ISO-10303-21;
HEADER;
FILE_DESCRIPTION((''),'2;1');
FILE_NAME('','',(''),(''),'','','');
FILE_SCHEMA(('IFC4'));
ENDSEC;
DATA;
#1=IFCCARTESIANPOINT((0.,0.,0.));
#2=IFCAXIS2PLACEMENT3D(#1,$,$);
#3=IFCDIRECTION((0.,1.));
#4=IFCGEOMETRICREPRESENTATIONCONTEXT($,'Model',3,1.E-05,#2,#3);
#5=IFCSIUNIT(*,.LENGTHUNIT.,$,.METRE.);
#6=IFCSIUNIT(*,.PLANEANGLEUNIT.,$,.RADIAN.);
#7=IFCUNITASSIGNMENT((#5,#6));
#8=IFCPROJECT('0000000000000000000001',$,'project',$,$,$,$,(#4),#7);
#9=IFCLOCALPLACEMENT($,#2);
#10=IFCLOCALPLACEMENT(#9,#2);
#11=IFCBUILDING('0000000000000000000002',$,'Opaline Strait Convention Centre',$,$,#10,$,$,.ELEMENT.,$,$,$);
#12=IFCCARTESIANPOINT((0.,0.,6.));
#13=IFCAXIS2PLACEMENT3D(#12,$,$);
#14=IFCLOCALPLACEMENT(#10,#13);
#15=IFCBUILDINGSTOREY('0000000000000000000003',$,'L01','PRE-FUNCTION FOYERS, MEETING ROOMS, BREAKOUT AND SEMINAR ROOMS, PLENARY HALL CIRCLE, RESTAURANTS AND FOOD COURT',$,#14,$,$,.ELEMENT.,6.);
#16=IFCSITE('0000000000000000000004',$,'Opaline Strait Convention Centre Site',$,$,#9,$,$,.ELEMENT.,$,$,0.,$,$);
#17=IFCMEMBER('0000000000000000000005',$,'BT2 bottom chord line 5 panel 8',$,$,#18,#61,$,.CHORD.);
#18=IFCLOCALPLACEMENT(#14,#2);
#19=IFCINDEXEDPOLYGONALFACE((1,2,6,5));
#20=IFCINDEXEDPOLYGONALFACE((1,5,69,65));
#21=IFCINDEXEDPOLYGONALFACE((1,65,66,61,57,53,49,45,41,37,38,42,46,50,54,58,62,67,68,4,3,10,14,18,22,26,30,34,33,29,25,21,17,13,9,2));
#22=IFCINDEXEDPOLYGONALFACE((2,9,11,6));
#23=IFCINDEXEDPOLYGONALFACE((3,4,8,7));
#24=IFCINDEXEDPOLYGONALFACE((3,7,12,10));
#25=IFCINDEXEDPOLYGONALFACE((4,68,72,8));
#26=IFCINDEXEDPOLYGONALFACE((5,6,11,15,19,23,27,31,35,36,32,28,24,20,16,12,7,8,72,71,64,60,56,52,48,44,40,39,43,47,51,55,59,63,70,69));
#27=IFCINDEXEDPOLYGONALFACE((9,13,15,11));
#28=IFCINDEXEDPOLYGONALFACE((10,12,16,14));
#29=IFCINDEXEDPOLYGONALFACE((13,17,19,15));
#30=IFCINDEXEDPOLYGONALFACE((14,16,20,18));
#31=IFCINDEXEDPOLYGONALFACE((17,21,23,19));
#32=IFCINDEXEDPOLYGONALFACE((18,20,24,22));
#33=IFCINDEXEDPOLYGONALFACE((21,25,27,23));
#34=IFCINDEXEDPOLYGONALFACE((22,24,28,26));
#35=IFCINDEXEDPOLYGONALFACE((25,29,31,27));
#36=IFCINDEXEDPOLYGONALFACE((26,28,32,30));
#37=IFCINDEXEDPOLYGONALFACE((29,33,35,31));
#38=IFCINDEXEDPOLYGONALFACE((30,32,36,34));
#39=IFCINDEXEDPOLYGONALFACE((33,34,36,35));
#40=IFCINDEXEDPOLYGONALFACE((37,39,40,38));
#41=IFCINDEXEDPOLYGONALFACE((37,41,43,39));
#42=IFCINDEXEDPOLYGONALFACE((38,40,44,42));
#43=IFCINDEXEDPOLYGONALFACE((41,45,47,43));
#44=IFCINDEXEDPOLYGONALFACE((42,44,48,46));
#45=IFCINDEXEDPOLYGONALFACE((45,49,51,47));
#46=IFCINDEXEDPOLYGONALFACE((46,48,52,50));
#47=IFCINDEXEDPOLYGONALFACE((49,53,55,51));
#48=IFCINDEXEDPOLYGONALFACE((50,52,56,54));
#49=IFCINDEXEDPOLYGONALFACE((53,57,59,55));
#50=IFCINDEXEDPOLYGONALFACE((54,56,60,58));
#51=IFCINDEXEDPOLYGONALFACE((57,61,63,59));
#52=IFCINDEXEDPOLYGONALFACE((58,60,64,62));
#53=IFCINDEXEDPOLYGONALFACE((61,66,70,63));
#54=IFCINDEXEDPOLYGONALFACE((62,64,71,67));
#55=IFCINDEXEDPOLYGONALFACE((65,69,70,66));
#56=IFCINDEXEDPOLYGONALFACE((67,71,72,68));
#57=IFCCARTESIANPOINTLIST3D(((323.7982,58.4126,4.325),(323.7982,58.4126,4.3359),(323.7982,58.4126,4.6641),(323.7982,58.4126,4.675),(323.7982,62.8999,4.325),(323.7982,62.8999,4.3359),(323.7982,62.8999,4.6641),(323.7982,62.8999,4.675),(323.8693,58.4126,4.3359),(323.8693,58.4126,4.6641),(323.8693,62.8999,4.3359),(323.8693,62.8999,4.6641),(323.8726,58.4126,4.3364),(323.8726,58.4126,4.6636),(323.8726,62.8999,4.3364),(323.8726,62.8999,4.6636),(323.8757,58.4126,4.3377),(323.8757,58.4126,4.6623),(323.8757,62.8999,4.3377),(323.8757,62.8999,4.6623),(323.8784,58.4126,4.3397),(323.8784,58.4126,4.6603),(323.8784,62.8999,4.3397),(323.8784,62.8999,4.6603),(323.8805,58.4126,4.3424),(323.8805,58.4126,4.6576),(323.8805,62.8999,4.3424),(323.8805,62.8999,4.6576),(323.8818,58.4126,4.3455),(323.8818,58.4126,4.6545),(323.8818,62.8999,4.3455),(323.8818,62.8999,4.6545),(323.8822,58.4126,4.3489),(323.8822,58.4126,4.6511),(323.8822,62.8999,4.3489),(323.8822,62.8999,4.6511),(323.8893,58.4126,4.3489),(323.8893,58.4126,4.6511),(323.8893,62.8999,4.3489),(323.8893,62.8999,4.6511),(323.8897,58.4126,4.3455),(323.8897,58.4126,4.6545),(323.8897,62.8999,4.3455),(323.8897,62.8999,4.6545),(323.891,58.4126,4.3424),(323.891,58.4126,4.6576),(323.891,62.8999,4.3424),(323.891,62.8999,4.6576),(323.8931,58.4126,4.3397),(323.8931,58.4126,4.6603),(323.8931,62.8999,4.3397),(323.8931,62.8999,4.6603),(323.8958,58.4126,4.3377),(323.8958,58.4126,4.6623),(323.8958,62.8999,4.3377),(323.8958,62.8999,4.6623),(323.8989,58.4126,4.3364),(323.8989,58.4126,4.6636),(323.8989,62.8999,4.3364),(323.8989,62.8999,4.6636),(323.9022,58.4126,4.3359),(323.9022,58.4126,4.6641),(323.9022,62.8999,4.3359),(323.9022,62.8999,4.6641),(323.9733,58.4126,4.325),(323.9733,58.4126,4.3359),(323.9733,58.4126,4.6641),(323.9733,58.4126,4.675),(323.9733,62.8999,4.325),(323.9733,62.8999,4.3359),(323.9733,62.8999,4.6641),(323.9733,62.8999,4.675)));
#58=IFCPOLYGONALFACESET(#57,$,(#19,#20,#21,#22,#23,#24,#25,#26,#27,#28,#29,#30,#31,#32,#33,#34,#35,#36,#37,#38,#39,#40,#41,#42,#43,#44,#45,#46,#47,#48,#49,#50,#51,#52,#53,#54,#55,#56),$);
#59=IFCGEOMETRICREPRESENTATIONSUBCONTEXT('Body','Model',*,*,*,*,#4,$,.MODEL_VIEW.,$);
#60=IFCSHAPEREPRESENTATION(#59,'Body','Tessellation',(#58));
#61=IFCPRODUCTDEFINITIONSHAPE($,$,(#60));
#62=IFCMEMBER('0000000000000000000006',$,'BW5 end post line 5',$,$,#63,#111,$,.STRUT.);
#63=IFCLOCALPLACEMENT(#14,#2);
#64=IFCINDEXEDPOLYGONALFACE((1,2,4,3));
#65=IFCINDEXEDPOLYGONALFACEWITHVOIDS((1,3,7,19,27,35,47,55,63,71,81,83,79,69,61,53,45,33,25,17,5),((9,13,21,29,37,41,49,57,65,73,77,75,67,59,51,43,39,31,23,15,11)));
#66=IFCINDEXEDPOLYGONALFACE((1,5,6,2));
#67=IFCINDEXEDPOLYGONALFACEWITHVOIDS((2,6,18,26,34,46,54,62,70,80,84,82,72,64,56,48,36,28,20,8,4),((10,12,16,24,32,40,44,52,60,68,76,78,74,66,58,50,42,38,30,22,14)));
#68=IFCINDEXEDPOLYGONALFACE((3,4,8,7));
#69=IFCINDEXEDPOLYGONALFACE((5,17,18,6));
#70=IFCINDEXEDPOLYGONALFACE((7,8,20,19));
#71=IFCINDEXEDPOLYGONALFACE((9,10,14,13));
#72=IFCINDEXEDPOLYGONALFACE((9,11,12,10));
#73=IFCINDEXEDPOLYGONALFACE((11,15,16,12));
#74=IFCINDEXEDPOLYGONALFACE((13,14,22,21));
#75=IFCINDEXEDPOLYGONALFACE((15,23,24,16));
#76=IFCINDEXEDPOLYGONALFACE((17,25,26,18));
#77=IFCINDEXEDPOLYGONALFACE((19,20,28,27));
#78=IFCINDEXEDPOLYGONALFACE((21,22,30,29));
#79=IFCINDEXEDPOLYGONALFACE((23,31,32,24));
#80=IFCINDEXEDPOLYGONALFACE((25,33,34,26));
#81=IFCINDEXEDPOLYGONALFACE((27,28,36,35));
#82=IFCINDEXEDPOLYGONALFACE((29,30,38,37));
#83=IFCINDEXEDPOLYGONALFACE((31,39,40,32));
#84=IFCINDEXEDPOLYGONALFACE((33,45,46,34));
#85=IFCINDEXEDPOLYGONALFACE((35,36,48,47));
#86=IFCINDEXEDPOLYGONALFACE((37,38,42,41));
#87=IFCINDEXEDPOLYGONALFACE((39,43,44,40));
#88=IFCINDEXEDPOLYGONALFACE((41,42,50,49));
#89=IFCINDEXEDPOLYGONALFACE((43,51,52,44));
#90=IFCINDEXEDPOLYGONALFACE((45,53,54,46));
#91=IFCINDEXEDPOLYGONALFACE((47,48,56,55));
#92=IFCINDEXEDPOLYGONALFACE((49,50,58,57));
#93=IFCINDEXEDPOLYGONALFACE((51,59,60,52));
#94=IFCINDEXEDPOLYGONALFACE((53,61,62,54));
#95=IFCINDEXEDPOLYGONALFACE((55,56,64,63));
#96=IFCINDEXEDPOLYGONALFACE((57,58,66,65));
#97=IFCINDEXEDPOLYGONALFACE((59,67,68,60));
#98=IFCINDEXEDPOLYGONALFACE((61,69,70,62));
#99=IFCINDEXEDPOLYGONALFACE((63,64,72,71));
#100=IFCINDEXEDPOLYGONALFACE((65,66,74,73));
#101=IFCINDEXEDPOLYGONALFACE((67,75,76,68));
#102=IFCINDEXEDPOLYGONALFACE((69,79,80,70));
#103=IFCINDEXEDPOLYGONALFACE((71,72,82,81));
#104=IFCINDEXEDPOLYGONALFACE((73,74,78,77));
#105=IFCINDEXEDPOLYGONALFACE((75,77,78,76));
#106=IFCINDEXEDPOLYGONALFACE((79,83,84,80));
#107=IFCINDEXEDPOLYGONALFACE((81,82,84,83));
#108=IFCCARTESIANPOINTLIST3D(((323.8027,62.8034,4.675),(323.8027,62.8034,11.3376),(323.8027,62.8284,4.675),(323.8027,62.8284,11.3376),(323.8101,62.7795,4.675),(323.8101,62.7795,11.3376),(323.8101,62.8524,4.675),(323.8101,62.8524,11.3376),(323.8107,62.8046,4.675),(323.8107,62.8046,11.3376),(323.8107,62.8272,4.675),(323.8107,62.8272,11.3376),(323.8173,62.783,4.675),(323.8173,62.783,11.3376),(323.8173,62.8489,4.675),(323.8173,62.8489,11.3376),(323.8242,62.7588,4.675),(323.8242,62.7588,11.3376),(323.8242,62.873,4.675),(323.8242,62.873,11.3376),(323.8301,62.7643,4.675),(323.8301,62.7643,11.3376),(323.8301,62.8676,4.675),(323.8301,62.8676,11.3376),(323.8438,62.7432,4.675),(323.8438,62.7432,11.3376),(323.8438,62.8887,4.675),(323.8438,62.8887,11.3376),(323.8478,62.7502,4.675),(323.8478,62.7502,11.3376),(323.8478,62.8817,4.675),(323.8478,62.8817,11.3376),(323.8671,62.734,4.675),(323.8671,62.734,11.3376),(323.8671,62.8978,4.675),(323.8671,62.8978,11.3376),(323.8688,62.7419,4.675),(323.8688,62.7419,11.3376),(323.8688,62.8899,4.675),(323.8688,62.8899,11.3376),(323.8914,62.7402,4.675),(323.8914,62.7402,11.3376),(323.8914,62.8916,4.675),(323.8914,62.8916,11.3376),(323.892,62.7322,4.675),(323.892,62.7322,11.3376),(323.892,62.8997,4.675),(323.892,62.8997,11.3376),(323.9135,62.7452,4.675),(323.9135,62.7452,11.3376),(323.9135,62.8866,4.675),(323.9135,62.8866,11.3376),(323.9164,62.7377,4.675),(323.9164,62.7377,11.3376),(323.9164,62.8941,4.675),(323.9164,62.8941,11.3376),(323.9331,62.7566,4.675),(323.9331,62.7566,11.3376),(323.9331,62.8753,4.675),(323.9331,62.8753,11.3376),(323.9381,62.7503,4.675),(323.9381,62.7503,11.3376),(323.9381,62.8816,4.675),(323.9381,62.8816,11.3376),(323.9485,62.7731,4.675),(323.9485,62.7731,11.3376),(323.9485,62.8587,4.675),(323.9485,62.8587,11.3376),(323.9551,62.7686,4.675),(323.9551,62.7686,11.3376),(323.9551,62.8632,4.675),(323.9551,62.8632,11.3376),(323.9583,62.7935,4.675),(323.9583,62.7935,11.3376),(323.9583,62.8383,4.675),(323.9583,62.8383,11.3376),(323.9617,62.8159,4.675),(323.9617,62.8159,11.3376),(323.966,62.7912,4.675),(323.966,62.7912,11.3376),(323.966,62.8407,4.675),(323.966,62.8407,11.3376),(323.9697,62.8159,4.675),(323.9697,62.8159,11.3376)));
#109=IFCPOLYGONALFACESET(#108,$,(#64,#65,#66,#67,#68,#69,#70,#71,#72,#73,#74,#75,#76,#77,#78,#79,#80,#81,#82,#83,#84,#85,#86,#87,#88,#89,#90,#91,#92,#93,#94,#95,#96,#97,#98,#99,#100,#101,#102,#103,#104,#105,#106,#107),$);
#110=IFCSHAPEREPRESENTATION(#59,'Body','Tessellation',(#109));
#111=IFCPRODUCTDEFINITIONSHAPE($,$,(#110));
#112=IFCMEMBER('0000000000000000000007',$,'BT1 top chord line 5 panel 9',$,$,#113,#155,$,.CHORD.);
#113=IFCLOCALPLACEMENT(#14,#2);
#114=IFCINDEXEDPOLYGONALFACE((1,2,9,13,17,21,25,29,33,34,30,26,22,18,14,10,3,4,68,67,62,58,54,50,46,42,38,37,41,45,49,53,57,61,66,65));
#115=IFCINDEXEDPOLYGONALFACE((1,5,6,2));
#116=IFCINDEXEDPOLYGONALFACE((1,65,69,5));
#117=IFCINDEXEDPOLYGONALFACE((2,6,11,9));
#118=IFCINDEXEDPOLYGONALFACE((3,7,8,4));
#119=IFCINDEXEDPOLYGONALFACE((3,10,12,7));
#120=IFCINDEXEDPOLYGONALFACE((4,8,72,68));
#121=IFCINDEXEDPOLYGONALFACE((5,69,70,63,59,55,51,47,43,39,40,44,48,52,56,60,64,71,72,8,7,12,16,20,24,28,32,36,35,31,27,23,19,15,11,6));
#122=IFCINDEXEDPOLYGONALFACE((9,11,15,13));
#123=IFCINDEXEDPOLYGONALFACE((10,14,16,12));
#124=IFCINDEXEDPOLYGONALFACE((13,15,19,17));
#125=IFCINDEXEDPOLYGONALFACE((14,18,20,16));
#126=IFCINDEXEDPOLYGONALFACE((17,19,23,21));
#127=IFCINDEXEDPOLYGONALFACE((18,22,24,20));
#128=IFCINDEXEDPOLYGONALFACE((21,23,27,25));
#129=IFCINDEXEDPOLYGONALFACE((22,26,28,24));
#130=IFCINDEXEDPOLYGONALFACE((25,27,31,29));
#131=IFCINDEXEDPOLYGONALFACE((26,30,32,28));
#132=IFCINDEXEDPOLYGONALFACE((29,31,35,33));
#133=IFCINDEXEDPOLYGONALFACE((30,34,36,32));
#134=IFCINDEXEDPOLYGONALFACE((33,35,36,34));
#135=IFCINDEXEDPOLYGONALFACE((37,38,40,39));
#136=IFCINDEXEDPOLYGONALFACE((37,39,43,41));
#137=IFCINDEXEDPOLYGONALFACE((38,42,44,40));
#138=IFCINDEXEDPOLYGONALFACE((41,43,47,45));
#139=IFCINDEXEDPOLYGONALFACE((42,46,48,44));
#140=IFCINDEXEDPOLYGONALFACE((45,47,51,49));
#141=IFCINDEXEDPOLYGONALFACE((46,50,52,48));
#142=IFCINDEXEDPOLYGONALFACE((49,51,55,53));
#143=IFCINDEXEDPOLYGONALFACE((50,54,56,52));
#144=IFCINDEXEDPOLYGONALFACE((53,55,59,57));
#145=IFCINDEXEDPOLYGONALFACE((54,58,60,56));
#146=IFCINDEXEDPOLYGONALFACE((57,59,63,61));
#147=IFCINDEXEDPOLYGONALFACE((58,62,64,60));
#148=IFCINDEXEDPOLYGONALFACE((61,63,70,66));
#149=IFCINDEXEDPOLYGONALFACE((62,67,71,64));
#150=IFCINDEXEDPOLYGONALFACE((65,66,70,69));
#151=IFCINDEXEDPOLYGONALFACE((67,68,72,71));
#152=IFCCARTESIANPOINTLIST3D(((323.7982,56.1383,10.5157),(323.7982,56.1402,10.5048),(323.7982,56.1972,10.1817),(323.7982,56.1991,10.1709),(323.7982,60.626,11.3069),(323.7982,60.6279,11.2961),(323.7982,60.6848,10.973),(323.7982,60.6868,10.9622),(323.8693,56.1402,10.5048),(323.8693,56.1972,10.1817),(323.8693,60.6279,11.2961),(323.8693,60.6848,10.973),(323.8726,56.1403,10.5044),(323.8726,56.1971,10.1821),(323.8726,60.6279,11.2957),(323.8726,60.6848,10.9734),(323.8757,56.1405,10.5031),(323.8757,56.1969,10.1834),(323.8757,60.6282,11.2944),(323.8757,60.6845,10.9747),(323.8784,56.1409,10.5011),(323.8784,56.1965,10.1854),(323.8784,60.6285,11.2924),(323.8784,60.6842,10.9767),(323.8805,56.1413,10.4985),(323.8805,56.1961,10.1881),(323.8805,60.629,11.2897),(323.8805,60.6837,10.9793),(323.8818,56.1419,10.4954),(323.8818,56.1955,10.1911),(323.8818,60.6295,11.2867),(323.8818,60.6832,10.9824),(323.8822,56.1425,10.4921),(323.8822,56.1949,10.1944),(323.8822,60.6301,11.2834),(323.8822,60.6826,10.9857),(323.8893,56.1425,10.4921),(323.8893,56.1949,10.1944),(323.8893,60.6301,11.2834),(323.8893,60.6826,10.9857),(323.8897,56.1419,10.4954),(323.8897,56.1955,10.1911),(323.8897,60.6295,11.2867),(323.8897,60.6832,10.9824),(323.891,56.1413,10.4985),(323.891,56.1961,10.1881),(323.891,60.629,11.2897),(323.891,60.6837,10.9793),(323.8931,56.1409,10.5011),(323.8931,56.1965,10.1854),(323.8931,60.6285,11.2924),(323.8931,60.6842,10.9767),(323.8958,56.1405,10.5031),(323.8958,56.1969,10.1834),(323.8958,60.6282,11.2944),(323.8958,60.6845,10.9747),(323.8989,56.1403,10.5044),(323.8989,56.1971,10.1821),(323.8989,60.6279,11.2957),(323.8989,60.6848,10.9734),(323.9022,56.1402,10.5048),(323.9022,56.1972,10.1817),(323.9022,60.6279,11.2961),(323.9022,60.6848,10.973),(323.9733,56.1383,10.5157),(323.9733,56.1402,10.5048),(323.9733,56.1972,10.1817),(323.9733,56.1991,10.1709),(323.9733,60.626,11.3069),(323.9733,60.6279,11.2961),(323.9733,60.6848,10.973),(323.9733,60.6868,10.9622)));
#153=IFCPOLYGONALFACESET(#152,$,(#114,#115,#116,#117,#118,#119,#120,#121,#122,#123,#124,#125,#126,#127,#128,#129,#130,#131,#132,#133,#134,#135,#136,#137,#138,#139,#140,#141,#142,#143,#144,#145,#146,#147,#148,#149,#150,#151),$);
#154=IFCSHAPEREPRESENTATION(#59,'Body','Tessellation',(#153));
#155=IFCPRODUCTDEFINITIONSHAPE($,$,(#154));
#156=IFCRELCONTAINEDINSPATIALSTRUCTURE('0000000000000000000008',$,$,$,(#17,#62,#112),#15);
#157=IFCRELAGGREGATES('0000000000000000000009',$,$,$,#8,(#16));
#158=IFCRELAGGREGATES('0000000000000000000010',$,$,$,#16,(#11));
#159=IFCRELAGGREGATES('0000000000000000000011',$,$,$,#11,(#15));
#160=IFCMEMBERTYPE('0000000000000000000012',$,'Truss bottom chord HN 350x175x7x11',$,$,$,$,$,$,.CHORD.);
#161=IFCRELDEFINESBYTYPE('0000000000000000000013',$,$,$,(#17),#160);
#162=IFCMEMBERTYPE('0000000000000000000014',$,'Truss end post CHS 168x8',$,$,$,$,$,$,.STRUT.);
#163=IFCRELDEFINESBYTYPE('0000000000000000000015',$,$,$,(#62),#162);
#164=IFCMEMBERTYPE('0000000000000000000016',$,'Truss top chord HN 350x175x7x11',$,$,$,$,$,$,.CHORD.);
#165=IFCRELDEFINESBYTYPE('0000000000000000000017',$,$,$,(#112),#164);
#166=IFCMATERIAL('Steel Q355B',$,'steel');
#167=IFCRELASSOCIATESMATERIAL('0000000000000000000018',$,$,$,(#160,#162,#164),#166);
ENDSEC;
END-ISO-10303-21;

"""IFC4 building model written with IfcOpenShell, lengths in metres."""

from ifc_helpers import new_model, si_unit, direction, frame, origin, origin_2d, place, context, subcontext, project, spatial, hollow_circle, i_section, extrude, material, material_profile, profile_set, type_object, element, save


model = new_model("IFC4")

# Units and contexts
model_context = context("Model", 3, precision=1e-05, world=origin(), true_north=direction((0.0, 1.0)))
body_context = subcontext(model_context, "Body", "Model", "MODEL_VIEW")
ifc_project = project(units=[si_unit("LENGTHUNIT", "METRE"), si_unit("PLANEANGLEUNIT", "RADIAN")], contexts=[model_context])

# Site, building, storey
site_placement = place(None, origin())
site = spatial("IfcSite", under=ifc_project, at=site_placement, Name="Opaline Strait Convention Centre Site", CompositionType="ELEMENT", RefElevation=0.0)
building_placement = place(site_placement, origin())
building = spatial("IfcBuilding", under=site, at=building_placement, Name="Opaline Strait Convention Centre", CompositionType="ELEMENT")
storey_placement = place(building_placement, frame((0.0, 0.0, 6.0)))
storey = spatial("IfcBuildingStorey", under=building, at=storey_placement, Name="L01", Description="PRE-FUNCTION FOYERS, MEETING ROOMS, BREAKOUT AND SEMINAR ROOMS, PLENARY HALL CIRCLE, RESTAURANTS AND FOOD COURT", CompositionType="ELEMENT", Elevation=6.0)

# Members
ifc_material_1 = material(Name="Steel Q355B", Category="steel")
ifc_material_profile_1 = material_profile(ifc_material_1, i_section(OverallWidth=0.175, OverallDepth=0.3501, WebThickness=0.0071, FlangeThickness=0.011, FilletRadius=0.0129, at=origin_2d()), Name="HN 350x175x7x11")
ifc_profile_set_1 = profile_set([ifc_material_profile_1], Name="Steel Q355B")
member_type_1 = type_object("IfcMemberType", Name="Truss bottom chord HN 350x175x7x11", PredefinedType="CHORD", material=ifc_profile_set_1)
member_1_placement = place(storey_placement, frame((323.8857, 58.4126, 4.5), z_axis=(0.0, 1.0, 0.0), x_axis=(-1.0, 0.0, 0.0)))
element("IfcMember", 1, at=member_1_placement, inside=storey, type_object=member_type_1, Name="BT2 bottom chord line 5 panel 8", PredefinedType="CHORD", context=body_context, shape_type="SweptSolid", body=[
    extrude(i_section(OverallWidth=0.175, OverallDepth=0.3501, WebThickness=0.0071, FlangeThickness=0.011, FilletRadius=0.0129, at=origin_2d()), origin(), (0.0, 0.0, 1.0), 4.4873),
])
ifc_material_profile_2 = material_profile(ifc_material_1, hollow_circle(Radius=0.084, WallThickness=0.0081, at=origin_2d()), Name="CHS 168x8")
ifc_profile_set_2 = profile_set([ifc_material_profile_2], Name="Steel Q355B")
member_type_2 = type_object("IfcMemberType", Name="Truss end post CHS 168x8", PredefinedType="STRUT", material=ifc_profile_set_2)
member_2_placement = place(storey_placement, frame((323.8857, 62.8159, 4.675), z_axis=(0.0, 0.0, 1.0), x_axis=(1.0, 0.0, 0.0)))
element("IfcMember", 2, at=member_2_placement, inside=storey, type_object=member_type_2, Name="BW5 end post line 5", PredefinedType="STRUT", context=body_context, shape_type="SweptSolid", body=[
    extrude(hollow_circle(Radius=0.084, WallThickness=0.0081, at=origin_2d()), origin(), (0.0, 0.0, 1.0), 6.6626),
])
ifc_material_profile_3 = material_profile(ifc_material_1, i_section(OverallWidth=0.175, OverallDepth=0.3501, WebThickness=0.0071, FlangeThickness=0.011, FilletRadius=0.0129, at=origin_2d()), Name="HN 350x175x7x11")
ifc_profile_set_3 = profile_set([ifc_material_profile_3], Name="Steel Q355B")
member_type_3 = type_object("IfcMemberType", Name="Truss top chord HN 350x175x7x11", PredefinedType="CHORD", material=ifc_profile_set_3)
member_3_placement = place(storey_placement, frame((323.8857, 56.1687, 10.3433), z_axis=(0.0, 0.984808, 0.173645), x_axis=(-1.0, 0.0, 0.0)))
element("IfcMember", 3, at=member_3_placement, inside=storey, type_object=member_type_3, Name="BT1 top chord line 5 panel 9", PredefinedType="CHORD", context=body_context, shape_type="SweptSolid", body=[
    extrude(i_section(OverallWidth=0.175, OverallDepth=0.3501, WebThickness=0.0071, FlangeThickness=0.011, FilletRadius=0.0129, at=origin_2d()), origin(), (0.0, 0.0, 1.0), 4.5569),
])

save(model, "model.ifc")
